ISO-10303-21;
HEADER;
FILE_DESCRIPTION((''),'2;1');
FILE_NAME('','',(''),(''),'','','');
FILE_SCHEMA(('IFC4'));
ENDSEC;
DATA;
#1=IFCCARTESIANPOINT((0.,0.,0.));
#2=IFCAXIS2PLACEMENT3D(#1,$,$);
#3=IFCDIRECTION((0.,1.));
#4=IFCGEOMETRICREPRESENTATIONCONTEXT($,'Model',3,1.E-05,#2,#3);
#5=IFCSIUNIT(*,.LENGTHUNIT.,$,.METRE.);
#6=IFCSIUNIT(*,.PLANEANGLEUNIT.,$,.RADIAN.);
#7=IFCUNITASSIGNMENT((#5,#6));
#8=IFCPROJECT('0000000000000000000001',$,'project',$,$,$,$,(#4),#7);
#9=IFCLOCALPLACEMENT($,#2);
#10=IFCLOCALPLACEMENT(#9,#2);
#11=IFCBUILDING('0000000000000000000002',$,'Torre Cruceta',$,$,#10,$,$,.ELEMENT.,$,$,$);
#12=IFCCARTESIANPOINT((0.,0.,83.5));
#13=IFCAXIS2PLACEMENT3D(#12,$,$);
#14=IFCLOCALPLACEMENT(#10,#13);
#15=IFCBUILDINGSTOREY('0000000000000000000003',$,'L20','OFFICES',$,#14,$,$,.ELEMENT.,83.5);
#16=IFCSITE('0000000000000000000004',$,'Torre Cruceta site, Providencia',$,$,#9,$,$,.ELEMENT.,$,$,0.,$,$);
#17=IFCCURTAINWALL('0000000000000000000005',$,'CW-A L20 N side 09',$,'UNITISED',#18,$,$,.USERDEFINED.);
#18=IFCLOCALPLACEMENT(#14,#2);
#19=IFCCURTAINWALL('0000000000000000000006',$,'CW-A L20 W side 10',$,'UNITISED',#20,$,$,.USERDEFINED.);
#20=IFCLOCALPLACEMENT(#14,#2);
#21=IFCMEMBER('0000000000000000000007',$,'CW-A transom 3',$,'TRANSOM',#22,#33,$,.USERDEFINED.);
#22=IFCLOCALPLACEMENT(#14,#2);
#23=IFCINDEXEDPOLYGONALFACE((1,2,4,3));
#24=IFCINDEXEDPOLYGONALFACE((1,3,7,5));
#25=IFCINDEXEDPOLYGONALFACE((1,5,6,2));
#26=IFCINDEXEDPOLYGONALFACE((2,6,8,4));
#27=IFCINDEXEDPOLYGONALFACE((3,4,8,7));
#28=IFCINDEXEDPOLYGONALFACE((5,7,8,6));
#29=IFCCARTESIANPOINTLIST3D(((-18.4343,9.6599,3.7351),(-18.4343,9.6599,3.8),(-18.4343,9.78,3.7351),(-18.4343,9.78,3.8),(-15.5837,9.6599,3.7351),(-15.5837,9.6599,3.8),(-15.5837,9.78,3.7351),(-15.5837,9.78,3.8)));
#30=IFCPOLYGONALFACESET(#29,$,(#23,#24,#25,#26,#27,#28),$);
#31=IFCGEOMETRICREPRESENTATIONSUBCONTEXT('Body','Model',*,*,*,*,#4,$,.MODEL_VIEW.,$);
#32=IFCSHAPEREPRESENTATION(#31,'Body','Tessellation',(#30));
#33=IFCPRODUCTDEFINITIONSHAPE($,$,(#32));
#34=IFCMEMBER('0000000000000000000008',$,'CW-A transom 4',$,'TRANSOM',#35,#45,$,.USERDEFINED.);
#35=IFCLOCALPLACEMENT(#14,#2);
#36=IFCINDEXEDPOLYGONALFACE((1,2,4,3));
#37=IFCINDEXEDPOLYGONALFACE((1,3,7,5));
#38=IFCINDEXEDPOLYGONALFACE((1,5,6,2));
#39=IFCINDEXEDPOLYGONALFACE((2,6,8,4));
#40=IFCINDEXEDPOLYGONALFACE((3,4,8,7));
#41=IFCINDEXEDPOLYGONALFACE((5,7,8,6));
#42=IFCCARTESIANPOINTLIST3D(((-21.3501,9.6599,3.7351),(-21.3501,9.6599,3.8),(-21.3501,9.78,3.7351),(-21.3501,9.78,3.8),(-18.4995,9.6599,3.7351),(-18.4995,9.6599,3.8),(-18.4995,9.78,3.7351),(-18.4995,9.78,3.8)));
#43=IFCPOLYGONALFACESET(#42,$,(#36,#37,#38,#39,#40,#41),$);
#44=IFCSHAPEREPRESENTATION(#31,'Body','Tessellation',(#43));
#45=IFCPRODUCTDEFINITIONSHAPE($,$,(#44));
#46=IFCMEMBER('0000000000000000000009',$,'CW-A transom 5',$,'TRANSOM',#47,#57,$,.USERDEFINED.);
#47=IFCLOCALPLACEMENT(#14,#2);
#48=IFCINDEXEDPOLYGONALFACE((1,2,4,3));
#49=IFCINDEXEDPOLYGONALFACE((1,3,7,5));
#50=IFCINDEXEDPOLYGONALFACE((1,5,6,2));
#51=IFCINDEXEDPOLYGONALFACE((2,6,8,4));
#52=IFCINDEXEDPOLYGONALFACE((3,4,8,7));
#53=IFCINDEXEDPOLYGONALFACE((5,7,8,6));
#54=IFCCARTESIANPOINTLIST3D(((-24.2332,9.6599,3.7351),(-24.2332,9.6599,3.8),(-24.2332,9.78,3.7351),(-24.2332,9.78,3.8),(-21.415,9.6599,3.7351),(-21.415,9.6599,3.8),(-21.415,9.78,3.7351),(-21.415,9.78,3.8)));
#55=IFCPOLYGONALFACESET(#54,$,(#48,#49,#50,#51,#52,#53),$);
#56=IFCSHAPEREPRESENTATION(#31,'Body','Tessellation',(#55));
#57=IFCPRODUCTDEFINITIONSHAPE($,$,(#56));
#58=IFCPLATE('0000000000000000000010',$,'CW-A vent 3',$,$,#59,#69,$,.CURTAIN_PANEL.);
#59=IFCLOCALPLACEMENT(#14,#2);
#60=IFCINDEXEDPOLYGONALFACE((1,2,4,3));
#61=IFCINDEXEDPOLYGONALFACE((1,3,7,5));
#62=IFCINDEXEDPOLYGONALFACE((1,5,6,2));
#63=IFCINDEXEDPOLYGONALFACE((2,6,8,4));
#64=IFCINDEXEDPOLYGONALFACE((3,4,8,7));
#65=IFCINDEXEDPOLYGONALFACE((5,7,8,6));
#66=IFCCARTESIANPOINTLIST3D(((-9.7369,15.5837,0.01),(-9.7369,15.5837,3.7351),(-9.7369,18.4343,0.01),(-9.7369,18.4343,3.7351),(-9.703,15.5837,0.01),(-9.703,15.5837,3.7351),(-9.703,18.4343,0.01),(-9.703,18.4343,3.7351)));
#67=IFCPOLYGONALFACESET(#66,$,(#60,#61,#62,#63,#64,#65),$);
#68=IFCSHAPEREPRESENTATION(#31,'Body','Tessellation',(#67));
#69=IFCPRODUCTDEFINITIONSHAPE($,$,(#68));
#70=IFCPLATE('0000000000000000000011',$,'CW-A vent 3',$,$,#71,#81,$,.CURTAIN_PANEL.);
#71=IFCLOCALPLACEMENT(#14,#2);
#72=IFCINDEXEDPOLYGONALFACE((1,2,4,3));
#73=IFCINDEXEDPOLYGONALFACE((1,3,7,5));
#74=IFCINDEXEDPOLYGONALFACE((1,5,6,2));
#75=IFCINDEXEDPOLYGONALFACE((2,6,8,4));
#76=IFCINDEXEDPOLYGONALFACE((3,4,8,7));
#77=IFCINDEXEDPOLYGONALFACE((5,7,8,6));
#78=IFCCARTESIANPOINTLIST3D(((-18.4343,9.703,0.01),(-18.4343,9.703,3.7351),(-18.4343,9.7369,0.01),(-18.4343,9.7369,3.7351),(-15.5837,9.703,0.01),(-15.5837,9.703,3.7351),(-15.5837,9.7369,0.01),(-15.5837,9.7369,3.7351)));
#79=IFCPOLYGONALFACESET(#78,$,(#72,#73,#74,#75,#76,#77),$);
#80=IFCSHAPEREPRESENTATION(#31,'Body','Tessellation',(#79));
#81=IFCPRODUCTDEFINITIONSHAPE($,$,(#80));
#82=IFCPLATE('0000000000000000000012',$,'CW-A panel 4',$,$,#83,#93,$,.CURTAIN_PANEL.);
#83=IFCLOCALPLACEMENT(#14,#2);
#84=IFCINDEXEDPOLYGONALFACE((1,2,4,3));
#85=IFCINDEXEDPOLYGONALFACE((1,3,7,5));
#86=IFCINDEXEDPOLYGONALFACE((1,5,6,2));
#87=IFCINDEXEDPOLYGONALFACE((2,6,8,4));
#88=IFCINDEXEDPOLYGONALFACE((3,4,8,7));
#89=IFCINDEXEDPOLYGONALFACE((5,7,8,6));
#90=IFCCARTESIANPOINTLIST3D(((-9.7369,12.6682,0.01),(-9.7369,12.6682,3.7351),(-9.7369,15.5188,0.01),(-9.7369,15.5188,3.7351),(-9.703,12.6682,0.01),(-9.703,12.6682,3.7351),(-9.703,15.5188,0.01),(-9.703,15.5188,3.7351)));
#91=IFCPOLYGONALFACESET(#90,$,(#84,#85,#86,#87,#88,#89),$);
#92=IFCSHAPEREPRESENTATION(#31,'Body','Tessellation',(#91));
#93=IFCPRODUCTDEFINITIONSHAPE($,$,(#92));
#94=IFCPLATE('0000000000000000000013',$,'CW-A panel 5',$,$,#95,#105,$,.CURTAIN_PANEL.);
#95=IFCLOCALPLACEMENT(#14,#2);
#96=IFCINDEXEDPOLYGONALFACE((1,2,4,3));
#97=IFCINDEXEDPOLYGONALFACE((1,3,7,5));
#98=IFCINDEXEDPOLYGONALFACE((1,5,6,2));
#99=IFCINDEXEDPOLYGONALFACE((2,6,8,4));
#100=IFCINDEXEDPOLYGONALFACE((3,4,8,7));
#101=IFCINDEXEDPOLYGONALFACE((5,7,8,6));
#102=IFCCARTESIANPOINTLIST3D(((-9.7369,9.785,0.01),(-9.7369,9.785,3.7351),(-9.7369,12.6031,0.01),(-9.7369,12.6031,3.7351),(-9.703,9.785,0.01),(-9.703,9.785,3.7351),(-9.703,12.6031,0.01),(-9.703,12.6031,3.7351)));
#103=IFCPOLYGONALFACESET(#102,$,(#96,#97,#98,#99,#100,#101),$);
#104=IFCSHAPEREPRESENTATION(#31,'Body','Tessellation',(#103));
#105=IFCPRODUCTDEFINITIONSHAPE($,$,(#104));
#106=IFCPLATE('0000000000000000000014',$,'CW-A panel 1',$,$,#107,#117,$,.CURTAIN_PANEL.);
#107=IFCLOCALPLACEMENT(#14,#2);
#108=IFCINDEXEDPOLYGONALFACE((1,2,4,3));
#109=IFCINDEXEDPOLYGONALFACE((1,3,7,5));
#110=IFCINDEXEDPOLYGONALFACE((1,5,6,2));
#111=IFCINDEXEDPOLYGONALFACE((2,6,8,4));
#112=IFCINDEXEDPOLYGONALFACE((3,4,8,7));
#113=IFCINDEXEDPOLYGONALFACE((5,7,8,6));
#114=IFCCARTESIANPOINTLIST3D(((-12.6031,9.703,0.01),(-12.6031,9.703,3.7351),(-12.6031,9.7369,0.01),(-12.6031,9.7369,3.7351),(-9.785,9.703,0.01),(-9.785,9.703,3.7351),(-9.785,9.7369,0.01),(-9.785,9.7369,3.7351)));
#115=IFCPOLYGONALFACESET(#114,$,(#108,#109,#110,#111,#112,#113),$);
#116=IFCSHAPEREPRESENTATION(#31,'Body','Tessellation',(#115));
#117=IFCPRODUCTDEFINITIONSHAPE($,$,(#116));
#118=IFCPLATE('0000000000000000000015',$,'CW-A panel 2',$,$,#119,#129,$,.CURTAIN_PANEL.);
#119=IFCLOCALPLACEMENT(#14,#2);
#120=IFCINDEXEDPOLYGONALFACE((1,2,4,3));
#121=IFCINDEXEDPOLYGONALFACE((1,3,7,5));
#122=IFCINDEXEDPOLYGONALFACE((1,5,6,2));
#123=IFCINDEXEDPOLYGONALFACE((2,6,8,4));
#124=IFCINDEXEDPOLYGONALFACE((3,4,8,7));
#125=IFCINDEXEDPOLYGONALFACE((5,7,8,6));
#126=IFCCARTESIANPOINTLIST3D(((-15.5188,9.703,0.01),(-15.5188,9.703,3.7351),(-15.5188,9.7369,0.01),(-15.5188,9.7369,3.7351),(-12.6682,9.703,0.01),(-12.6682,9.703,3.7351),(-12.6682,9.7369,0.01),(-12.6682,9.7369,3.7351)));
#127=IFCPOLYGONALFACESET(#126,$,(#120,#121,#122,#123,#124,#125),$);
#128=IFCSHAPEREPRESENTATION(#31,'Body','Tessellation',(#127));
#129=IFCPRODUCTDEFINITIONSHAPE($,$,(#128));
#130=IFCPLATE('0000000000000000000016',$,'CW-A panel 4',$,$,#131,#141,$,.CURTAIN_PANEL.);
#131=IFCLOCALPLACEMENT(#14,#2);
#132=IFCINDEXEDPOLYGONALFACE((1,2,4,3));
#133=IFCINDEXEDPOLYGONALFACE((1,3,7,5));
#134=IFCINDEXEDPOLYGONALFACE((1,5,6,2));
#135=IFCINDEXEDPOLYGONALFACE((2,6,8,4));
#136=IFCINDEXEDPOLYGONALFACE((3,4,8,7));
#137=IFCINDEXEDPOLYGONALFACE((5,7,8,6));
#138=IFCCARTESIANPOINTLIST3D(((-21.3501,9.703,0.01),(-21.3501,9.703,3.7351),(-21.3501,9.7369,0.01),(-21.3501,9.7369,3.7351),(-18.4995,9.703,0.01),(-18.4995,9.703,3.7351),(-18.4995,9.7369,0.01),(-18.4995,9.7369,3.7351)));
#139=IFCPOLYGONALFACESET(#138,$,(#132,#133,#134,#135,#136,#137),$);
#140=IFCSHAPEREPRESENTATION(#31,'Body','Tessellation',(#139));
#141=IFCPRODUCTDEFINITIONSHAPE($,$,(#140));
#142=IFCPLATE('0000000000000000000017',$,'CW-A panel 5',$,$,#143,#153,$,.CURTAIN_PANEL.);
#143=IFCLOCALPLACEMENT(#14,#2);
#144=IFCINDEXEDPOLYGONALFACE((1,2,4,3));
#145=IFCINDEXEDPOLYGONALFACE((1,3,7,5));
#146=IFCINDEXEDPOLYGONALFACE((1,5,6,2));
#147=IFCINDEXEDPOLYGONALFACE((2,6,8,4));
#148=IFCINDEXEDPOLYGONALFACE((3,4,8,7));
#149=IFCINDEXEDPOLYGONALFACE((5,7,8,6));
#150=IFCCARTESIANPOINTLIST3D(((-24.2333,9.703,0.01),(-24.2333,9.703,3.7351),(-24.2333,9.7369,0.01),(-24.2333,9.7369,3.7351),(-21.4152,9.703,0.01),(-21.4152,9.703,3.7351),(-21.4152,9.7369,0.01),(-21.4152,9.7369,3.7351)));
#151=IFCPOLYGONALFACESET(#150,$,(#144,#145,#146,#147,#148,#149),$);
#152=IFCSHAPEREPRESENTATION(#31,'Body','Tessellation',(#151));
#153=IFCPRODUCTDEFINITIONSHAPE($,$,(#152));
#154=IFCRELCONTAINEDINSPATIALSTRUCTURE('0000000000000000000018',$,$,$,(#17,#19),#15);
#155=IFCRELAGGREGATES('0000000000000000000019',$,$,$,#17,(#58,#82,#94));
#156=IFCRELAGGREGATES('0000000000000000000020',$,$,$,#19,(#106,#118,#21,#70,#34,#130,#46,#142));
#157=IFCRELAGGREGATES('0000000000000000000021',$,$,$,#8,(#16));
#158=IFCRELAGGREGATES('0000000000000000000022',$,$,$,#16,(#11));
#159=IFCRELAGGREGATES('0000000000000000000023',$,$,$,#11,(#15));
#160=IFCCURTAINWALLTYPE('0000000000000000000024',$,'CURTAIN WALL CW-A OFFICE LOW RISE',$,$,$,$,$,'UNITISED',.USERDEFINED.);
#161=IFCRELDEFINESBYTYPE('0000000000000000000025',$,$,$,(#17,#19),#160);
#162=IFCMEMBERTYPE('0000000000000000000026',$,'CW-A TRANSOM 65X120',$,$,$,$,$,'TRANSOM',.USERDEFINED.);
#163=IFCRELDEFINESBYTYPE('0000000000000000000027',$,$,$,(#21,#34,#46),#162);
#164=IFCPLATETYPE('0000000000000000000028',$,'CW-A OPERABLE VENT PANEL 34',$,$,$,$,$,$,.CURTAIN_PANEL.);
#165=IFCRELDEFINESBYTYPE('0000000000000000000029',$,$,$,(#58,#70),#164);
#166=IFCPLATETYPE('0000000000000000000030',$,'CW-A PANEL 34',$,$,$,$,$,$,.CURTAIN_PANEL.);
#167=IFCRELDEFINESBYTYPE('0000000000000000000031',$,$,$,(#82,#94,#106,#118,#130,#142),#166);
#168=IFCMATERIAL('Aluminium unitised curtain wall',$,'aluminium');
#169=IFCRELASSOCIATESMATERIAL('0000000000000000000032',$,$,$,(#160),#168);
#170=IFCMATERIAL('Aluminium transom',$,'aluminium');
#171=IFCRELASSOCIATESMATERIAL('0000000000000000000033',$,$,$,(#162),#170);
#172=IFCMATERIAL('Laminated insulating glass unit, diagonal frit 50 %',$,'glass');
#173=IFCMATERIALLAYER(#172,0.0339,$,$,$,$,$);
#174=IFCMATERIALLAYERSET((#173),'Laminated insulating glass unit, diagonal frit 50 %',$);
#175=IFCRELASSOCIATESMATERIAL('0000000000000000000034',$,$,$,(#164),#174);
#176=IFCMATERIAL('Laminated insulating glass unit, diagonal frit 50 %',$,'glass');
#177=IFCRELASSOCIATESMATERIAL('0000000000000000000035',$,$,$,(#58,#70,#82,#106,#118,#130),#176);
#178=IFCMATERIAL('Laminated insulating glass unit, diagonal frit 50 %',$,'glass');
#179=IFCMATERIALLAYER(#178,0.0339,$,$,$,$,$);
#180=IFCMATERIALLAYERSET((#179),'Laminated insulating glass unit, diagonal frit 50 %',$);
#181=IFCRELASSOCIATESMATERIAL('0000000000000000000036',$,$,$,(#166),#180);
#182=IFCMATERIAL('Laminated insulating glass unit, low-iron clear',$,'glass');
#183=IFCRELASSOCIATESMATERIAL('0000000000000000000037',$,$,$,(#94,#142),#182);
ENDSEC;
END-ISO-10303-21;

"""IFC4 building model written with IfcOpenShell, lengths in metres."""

from ifc_helpers import new_model, si_unit, direction, frame, origin, origin_2d, place, context, subcontext, project, spatial, rectangle, extrude, material, layer, layer_set, material_profile, profile_set, type_object, element, aggregate, save


model = new_model("IFC4")

# Units and contexts
model_context = context("Model", 3, precision=1e-05, world=origin(), true_north=direction((0.0, 1.0)))
body_context = subcontext(model_context, "Body", "Model", "MODEL_VIEW")
ifc_project = project(units=[si_unit("LENGTHUNIT", "METRE"), si_unit("PLANEANGLEUNIT", "RADIAN")], contexts=[model_context])

# Site, building, storey
site_placement = place(None, origin())
site = spatial("IfcSite", under=ifc_project, at=site_placement, Name="Torre Cruceta site, Providencia", CompositionType="ELEMENT", RefElevation=0.0)
building_placement = place(site_placement, origin())
building = spatial("IfcBuilding", under=site, at=building_placement, Name="Torre Cruceta", CompositionType="ELEMENT")
storey_placement = place(building_placement, frame((0.0, 0.0, 83.5)))
storey = spatial("IfcBuildingStorey", under=building, at=storey_placement, Name="L20", Description="OFFICES", CompositionType="ELEMENT", Elevation=83.5)

# Curtain walls
ifc_material_1 = material(Name="Aluminium unitised curtain wall", Category="aluminium")
curtain_wall_type = type_object("IfcCurtainWallType", Name="CURTAIN WALL CW-A OFFICE LOW RISE", ElementType="UNITISED", PredefinedType="USERDEFINED", material=ifc_material_1)
curtain_wall_1_placement = place(storey_placement, origin())
curtain_wall_1 = element("IfcCurtainWall", 1, at=curtain_wall_1_placement, inside=storey, type_object=curtain_wall_type, Name="CW-A L20 N side 09", ObjectType="UNITISED", PredefinedType="USERDEFINED")
curtain_wall_2_placement = place(storey_placement, origin())
curtain_wall_2 = element("IfcCurtainWall", 2, at=curtain_wall_2_placement, inside=storey, type_object=curtain_wall_type, Name="CW-A L20 W side 10", ObjectType="UNITISED", PredefinedType="USERDEFINED")

# Members
ifc_material_2 = material(Name="Aluminium transom", Category="aluminium")
ifc_material_profile_1 = material_profile(ifc_material_2, rectangle(XDim=0.1201, YDim=0.0649, at=origin_2d()), Name="AL 120X65")
ifc_profile_set_1 = profile_set([ifc_material_profile_1], Name="Aluminium transom")
member_type_1 = type_object("IfcMemberType", Name="CW-A TRANSOM 65X120", ElementType="TRANSOM", PredefinedType="USERDEFINED", material=ifc_profile_set_1)
member_1_placement = place(storey_placement, frame((-15.5837, 9.72, 3.7676), z_axis=(-1.0, 0.0, 0.0), x_axis=(0.0, -1.0, 0.0)))
member_1 = element("IfcMember", 3, at=member_1_placement, type_object=member_type_1, Name="CW-A transom 3", ObjectType="TRANSOM", PredefinedType="USERDEFINED", context=body_context, shape_type="SweptSolid", body=[
    extrude(rectangle(XDim=0.1201, YDim=0.0649, at=origin_2d()), origin(), (0.0, 0.0, 1.0), 2.8506),
])
member_2_placement = place(storey_placement, frame((-18.4995, 9.72, 3.7676), z_axis=(-1.0, 0.0, 0.0), x_axis=(0.0, -1.0, 0.0)))
member_2 = element("IfcMember", 4, at=member_2_placement, type_object=member_type_1, Name="CW-A transom 4", ObjectType="TRANSOM", PredefinedType="USERDEFINED", context=body_context, shape_type="SweptSolid", body=[
    extrude(rectangle(XDim=0.1201, YDim=0.0649, at=origin_2d()), origin(), (0.0, 0.0, 1.0), 2.8506),
])
member_3_placement = place(storey_placement, frame((-21.415, 9.72, 3.7676), z_axis=(-1.0, 0.0, 0.0), x_axis=(0.0, -1.0, 0.0)))
member_3 = element("IfcMember", 5, at=member_3_placement, type_object=member_type_1, Name="CW-A transom 5", ObjectType="TRANSOM", PredefinedType="USERDEFINED", context=body_context, shape_type="SweptSolid", body=[
    extrude(rectangle(XDim=0.1201, YDim=0.0649, at=origin_2d()), origin(), (0.0, 0.0, 1.0), 2.8181),
])

# Plates
ifc_material_3 = material(Name="Laminated insulating glass unit, diagonal frit 50 %", Category="glass")
ifc_material_4 = material(Name="Laminated insulating glass unit, diagonal frit 50 %", Category="glass")
ifc_layer_1 = layer(ifc_material_4, 0.0339)
ifc_layer_set_1 = layer_set([ifc_layer_1], Name="Laminated insulating glass unit, diagonal frit 50 %")
plate_type_1 = type_object("IfcPlateType", Name="CW-A OPERABLE VENT PANEL 34", PredefinedType="CURTAIN_PANEL", material=ifc_layer_set_1)
plate_1_placement = place(storey_placement, frame((-9.72, 17.009, 0.01), z_axis=(0.0, 0.0, 1.0), x_axis=(0.0, -1.0, 0.0)))
plate_1 = element("IfcPlate", 6, at=plate_1_placement, type_object=plate_type_1, material=ifc_material_3, Name="CW-A vent 3", PredefinedType="CURTAIN_PANEL", context=body_context, shape_type="SweptSolid", body=[
    extrude(rectangle(XDim=2.8506, YDim=0.0339, at=origin_2d()), origin(), (0.0, 0.0, 1.0), 3.7251),
])
plate_2_placement = place(storey_placement, frame((-17.009, 9.72, 0.01), z_axis=(0.0, 0.0, 1.0), x_axis=(-1.0, 0.0, 0.0)))
plate_2 = element("IfcPlate", 7, at=plate_2_placement, type_object=plate_type_1, material=ifc_material_3, Name="CW-A vent 3", PredefinedType="CURTAIN_PANEL", context=body_context, shape_type="SweptSolid", body=[
    extrude(rectangle(XDim=2.8506, YDim=0.0339, at=origin_2d()), origin(), (0.0, 0.0, 1.0), 3.7251),
])
ifc_material_5 = material(Name="Laminated insulating glass unit, diagonal frit 50 %", Category="glass")
ifc_layer_2 = layer(ifc_material_5, 0.0339)
ifc_layer_set_2 = layer_set([ifc_layer_2], Name="Laminated insulating glass unit, diagonal frit 50 %")
plate_type_2 = type_object("IfcPlateType", Name="CW-A PANEL 34", PredefinedType="CURTAIN_PANEL", material=ifc_layer_set_2)
plate_3_placement = place(storey_placement, frame((-9.72, 14.0935, 0.01), z_axis=(0.0, 0.0, 1.0), x_axis=(0.0, -1.0, 0.0)))
plate_3 = element("IfcPlate", 8, at=plate_3_placement, type_object=plate_type_2, material=ifc_material_3, Name="CW-A panel 4", PredefinedType="CURTAIN_PANEL", context=body_context, shape_type="SweptSolid", body=[
    extrude(rectangle(XDim=2.8506, YDim=0.0339, at=origin_2d()), origin(), (0.0, 0.0, 1.0), 3.7251),
])
ifc_material_6 = material(Name="Laminated insulating glass unit, low-iron clear", Category="glass")
plate_4_placement = place(storey_placement, frame((-9.72, 11.1941, 0.01), z_axis=(0.0, 0.0, 1.0), x_axis=(0.0, -1.0, 0.0)))
plate_4 = element("IfcPlate", 9, at=plate_4_placement, type_object=plate_type_2, material=ifc_material_6, Name="CW-A panel 5", PredefinedType="CURTAIN_PANEL", context=body_context, shape_type="SweptSolid", body=[
    extrude(rectangle(XDim=2.8181, YDim=0.0339, at=origin_2d()), origin(), (0.0, 0.0, 1.0), 3.7251),
])
aggregate(curtain_wall_1, [plate_1, plate_3, plate_4])
plate_5_placement = place(storey_placement, frame((-11.1941, 9.72, 0.01), z_axis=(0.0, 0.0, 1.0), x_axis=(-1.0, 0.0, 0.0)))
plate_5 = element("IfcPlate", 10, at=plate_5_placement, type_object=plate_type_2, material=ifc_material_3, Name="CW-A panel 1", PredefinedType="CURTAIN_PANEL", context=body_context, shape_type="SweptSolid", body=[
    extrude(rectangle(XDim=2.8181, YDim=0.0339, at=origin_2d()), origin(), (0.0, 0.0, 1.0), 3.7251),
])
plate_6_placement = place(storey_placement, frame((-14.0935, 9.72, 0.01), z_axis=(0.0, 0.0, 1.0), x_axis=(-1.0, 0.0, 0.0)))
plate_6 = element("IfcPlate", 11, at=plate_6_placement, type_object=plate_type_2, material=ifc_material_3, Name="CW-A panel 2", PredefinedType="CURTAIN_PANEL", context=body_context, shape_type="SweptSolid", body=[
    extrude(rectangle(XDim=2.8506, YDim=0.0339, at=origin_2d()), origin(), (0.0, 0.0, 1.0), 3.7251),
])
plate_7_placement = place(storey_placement, frame((-19.9248, 9.72, 0.01), z_axis=(0.0, 0.0, 1.0), x_axis=(-1.0, 0.0, 0.0)))
plate_7 = element("IfcPlate", 12, at=plate_7_placement, type_object=plate_type_2, material=ifc_material_3, Name="CW-A panel 4", PredefinedType="CURTAIN_PANEL", context=body_context, shape_type="SweptSolid", body=[
    extrude(rectangle(XDim=2.8506, YDim=0.0339, at=origin_2d()), origin(), (0.0, 0.0, 1.0), 3.7251),
])
plate_8_placement = place(storey_placement, frame((-22.8242, 9.72, 0.01), z_axis=(0.0, 0.0, 1.0), x_axis=(-1.0, 0.0, 0.0)))
plate_8 = element("IfcPlate", 13, at=plate_8_placement, type_object=plate_type_2, material=ifc_material_6, Name="CW-A panel 5", PredefinedType="CURTAIN_PANEL", context=body_context, shape_type="SweptSolid", body=[
    extrude(rectangle(XDim=2.8181, YDim=0.0339, at=origin_2d()), origin(), (0.0, 0.0, 1.0), 3.7251),
])
aggregate(curtain_wall_2, [plate_5, plate_6, member_1, plate_2, member_2, plate_7, member_3, plate_8])

save(model, "model.ifc")
